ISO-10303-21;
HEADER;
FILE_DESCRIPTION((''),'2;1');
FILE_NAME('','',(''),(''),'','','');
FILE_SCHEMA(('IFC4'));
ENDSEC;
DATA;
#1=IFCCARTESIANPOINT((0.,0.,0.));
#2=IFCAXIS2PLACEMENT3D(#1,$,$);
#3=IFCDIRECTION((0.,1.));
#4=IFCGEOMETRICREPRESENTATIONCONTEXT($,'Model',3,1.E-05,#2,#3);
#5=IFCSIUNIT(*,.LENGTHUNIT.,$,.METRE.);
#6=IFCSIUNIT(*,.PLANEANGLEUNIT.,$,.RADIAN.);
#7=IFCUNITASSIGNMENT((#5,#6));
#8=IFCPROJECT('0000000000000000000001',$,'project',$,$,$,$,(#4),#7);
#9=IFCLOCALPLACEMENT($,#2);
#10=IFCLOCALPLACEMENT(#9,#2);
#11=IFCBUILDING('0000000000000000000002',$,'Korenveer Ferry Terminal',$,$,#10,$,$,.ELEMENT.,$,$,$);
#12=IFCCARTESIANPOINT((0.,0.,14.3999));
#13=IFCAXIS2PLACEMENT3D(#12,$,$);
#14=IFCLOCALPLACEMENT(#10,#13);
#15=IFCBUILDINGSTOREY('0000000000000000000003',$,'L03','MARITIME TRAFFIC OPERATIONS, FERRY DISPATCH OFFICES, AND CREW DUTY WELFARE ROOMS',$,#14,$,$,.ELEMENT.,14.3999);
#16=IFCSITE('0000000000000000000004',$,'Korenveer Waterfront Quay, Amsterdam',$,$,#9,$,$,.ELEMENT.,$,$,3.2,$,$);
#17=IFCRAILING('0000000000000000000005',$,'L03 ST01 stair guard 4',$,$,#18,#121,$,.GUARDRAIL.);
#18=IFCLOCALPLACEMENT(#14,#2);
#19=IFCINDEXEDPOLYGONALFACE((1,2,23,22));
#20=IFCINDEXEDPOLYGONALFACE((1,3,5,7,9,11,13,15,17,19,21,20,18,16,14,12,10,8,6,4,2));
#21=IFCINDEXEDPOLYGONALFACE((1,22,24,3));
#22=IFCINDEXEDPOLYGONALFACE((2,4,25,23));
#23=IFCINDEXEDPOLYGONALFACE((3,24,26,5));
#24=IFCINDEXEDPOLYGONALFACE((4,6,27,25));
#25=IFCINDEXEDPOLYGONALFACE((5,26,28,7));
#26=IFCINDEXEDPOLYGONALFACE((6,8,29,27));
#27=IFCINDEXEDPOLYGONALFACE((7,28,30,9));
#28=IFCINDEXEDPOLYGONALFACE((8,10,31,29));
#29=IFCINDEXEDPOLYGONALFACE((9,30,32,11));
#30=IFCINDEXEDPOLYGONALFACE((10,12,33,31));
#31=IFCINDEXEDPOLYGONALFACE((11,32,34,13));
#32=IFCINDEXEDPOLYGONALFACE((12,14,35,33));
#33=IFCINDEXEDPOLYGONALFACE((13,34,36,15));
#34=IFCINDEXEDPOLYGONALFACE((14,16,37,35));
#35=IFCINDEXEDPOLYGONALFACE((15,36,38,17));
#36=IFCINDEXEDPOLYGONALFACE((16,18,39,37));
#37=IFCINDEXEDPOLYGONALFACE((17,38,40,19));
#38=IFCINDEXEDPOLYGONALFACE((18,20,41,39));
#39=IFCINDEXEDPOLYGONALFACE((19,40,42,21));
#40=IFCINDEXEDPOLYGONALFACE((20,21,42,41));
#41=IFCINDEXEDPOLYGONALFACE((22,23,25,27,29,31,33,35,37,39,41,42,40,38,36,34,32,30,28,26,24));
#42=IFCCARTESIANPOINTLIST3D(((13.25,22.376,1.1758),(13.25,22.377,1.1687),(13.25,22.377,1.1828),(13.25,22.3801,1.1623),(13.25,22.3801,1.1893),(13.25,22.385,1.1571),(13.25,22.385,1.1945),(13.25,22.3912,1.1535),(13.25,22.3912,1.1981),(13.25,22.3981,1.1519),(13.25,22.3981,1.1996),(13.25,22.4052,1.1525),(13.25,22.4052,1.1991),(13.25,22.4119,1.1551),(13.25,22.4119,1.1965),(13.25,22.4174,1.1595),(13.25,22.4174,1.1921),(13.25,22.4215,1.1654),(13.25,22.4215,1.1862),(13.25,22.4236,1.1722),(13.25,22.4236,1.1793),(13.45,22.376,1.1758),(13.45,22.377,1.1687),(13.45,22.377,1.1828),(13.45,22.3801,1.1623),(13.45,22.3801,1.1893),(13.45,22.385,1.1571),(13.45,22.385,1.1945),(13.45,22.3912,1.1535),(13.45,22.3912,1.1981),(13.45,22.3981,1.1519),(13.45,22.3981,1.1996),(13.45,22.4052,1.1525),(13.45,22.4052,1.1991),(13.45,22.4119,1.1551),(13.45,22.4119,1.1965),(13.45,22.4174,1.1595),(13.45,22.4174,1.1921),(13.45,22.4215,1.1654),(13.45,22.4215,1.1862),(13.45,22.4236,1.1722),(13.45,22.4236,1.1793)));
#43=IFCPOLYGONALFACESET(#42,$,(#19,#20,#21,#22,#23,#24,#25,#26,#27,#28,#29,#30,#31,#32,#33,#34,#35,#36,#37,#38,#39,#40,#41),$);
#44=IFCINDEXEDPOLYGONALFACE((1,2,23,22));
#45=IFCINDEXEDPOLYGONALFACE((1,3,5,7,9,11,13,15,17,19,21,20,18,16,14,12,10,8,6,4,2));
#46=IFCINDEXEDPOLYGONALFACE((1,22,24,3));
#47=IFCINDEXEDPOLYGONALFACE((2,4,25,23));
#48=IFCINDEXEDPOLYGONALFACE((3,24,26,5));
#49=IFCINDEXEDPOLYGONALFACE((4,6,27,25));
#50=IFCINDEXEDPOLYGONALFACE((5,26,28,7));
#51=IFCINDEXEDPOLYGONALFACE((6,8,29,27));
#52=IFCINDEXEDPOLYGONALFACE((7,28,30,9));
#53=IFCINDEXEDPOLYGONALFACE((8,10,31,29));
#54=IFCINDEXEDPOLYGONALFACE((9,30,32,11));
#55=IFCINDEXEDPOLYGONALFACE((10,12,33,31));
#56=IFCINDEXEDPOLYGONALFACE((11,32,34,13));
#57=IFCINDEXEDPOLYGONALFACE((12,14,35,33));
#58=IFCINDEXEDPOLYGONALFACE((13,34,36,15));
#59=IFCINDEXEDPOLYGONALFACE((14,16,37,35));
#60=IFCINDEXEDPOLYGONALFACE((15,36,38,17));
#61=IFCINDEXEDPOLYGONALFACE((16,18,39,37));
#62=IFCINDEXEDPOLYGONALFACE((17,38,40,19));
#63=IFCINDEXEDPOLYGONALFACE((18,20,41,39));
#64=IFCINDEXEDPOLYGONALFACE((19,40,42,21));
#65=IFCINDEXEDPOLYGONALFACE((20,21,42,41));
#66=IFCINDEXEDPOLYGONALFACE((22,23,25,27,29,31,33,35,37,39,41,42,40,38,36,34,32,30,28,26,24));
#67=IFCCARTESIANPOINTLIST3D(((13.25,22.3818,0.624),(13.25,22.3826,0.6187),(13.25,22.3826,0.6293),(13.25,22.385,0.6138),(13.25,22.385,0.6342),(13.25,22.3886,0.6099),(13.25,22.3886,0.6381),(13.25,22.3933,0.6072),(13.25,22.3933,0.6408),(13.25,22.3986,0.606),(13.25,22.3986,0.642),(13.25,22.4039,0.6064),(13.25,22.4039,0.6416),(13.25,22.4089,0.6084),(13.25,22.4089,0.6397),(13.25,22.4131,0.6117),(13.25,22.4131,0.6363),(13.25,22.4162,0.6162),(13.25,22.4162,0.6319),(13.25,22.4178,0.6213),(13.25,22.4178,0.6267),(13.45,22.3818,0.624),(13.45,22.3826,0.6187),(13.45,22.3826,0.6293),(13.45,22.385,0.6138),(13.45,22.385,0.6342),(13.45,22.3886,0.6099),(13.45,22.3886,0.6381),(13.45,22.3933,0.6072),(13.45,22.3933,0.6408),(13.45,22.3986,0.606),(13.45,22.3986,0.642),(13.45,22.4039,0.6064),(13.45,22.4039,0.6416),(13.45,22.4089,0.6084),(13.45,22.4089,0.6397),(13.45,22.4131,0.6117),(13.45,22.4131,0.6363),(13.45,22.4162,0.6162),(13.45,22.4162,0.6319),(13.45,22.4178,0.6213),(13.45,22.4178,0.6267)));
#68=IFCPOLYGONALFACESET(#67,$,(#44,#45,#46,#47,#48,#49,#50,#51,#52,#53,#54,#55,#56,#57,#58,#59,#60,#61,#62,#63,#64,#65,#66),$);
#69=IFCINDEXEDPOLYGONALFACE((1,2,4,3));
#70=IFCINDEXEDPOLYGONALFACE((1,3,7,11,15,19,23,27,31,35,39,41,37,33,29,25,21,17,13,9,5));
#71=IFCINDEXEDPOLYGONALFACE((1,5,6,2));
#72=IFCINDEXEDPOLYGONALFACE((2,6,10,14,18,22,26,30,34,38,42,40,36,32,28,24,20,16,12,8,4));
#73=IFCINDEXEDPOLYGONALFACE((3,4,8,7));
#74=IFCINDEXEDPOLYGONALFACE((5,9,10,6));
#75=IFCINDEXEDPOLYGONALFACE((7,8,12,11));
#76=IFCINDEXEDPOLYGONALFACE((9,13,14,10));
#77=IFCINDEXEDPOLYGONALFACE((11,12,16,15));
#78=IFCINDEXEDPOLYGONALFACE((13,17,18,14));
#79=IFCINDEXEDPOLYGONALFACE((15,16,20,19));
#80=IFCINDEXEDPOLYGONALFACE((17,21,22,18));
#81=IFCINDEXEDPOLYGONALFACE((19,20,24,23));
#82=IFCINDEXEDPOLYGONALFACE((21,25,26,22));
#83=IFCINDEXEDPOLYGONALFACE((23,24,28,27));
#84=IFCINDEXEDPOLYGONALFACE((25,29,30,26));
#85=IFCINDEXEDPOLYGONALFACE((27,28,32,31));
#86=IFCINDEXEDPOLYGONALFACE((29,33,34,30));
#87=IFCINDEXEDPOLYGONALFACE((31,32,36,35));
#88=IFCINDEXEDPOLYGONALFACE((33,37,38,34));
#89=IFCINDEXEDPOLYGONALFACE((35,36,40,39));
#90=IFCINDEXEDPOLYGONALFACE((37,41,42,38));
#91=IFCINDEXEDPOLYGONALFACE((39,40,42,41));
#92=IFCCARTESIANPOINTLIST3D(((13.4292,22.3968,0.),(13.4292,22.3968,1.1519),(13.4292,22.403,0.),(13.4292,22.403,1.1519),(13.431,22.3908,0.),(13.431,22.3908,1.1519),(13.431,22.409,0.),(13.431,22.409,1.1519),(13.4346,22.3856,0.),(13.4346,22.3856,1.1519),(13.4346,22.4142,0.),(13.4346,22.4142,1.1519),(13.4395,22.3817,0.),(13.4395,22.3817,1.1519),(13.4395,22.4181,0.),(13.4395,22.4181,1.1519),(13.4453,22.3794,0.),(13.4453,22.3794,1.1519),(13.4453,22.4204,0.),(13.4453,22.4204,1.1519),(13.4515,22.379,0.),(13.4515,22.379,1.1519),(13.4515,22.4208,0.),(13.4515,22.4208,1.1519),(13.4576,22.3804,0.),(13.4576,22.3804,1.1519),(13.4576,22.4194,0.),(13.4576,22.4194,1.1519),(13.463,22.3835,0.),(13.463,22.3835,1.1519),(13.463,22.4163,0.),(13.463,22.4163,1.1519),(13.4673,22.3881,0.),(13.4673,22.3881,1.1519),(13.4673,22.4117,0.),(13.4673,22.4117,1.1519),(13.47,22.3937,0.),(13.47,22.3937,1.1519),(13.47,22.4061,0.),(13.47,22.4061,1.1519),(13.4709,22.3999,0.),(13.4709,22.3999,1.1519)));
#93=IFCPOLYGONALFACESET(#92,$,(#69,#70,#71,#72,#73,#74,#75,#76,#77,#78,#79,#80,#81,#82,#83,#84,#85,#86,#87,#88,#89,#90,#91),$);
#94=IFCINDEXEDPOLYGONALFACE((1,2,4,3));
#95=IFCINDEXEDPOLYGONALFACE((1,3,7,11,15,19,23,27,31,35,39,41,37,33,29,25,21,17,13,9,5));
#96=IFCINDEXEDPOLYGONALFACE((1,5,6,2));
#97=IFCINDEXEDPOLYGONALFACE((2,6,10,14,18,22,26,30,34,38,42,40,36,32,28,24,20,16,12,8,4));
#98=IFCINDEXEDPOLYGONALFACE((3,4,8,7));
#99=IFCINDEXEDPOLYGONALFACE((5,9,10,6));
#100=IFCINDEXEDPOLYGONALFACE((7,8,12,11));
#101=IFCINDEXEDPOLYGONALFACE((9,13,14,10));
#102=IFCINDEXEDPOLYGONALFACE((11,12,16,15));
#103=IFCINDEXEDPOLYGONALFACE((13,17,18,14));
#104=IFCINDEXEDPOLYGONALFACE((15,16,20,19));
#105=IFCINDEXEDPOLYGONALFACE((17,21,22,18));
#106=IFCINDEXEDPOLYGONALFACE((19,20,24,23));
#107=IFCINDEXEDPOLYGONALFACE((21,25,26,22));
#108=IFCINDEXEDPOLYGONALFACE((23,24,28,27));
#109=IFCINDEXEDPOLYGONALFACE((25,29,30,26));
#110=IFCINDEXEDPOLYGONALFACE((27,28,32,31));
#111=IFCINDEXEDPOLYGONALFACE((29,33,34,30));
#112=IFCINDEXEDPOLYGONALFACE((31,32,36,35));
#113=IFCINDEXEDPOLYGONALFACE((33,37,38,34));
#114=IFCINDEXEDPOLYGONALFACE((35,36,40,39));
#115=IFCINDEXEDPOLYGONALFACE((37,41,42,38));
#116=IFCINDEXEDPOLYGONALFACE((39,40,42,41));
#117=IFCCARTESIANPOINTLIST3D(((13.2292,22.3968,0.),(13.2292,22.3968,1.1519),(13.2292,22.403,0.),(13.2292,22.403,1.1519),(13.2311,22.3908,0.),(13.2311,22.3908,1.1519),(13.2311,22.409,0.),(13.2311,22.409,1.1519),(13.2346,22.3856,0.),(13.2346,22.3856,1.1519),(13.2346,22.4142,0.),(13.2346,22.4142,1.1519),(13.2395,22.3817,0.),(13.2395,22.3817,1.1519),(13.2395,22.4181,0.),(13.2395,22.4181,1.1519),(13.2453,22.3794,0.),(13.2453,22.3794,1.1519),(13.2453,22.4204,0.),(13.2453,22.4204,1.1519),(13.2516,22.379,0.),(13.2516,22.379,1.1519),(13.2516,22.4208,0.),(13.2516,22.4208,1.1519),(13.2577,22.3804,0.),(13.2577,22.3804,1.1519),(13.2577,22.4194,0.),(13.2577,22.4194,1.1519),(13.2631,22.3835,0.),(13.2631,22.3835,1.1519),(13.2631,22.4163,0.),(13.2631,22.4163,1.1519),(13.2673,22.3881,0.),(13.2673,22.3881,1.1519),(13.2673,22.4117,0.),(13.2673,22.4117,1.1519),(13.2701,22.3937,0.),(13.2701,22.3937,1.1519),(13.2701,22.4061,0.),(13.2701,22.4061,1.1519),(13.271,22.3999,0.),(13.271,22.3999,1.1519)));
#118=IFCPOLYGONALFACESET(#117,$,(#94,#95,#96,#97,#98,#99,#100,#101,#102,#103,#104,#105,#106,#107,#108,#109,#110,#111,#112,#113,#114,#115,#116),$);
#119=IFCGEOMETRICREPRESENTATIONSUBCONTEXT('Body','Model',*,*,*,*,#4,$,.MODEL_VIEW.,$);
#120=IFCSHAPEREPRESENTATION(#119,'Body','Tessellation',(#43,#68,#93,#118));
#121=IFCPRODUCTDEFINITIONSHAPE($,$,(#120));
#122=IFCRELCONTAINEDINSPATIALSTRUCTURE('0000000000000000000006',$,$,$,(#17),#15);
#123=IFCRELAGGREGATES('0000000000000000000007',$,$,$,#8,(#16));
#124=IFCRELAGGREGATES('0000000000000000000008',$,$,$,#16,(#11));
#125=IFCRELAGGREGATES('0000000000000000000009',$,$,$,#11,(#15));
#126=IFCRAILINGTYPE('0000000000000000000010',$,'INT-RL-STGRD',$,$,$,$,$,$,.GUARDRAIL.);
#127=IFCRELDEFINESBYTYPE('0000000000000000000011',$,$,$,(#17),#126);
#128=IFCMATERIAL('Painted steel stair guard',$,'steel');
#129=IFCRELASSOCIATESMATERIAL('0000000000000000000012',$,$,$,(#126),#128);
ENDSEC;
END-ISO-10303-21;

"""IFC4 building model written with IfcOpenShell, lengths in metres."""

from ifc_helpers import new_model, si_unit, direction, frame, origin, origin_2d, place, context, subcontext, project, spatial, circle, extrude, material, type_object, element, save


model = new_model("IFC4")

# Units and contexts
model_context = context("Model", 3, precision=1e-05, world=origin(), true_north=direction((0.0, 1.0)))
body_context = subcontext(model_context, "Body", "Model", "MODEL_VIEW")
ifc_project = project(units=[si_unit("LENGTHUNIT", "METRE"), si_unit("PLANEANGLEUNIT", "RADIAN")], contexts=[model_context])

# Site, building, storey
site_placement = place(None, origin())
site = spatial("IfcSite", under=ifc_project, at=site_placement, Name="Korenveer Waterfront Quay, Amsterdam", CompositionType="ELEMENT", RefElevation=3.2)
building_placement = place(site_placement, origin())
building = spatial("IfcBuilding", under=site, at=building_placement, Name="Korenveer Ferry Terminal", CompositionType="ELEMENT")
storey_placement = place(building_placement, frame((0.0, 0.0, 14.3999)))
storey = spatial("IfcBuildingStorey", under=building, at=storey_placement, Name="L03", Description="MARITIME TRAFFIC OPERATIONS, FERRY DISPATCH OFFICES, AND CREW DUTY WELFARE ROOMS", CompositionType="ELEMENT", Elevation=14.3999)

# Railing
ifc_material_1 = material(Name="Painted steel stair guard", Category="steel")
railing_type_1 = type_object("IfcRailingType", Name="INT-RL-STGRD", PredefinedType="GUARDRAIL", material=ifc_material_1)
railing_1_placement = place(storey_placement, frame((13.45, 22.3999, 0.0)))
element("IfcRailing", 1, at=railing_1_placement, inside=storey, type_object=railing_type_1, Name="L03 ST01 stair guard 4", PredefinedType="GUARDRAIL", context=body_context, shape_type="SweptSolid", body=[
    extrude(circle(Radius=0.0239, at=origin_2d()), frame((0.0, 0.0, 1.1758), z_axis=(-1.0, 0.0, 0.0), x_axis=(0.0, -1.0, 0.0)), (0.0, 0.0, 1.0), 0.2),
    extrude(circle(Radius=0.0181, at=origin_2d()), frame((0.0, 0.0, 0.624), z_axis=(-1.0, 0.0, 0.0), x_axis=(0.0, -1.0, 0.0)), (0.0, 0.0, 1.0), 0.2),
    extrude(circle(Radius=0.021, at=origin_2d()), origin(), (0.0, 0.0, 1.0), 1.1519),
    extrude(circle(Radius=0.021, at=origin_2d()), frame((-0.2, 0.0, 0.0)), (0.0, 0.0, 1.0), 1.1519),
])

save(model, "model.ifc")
